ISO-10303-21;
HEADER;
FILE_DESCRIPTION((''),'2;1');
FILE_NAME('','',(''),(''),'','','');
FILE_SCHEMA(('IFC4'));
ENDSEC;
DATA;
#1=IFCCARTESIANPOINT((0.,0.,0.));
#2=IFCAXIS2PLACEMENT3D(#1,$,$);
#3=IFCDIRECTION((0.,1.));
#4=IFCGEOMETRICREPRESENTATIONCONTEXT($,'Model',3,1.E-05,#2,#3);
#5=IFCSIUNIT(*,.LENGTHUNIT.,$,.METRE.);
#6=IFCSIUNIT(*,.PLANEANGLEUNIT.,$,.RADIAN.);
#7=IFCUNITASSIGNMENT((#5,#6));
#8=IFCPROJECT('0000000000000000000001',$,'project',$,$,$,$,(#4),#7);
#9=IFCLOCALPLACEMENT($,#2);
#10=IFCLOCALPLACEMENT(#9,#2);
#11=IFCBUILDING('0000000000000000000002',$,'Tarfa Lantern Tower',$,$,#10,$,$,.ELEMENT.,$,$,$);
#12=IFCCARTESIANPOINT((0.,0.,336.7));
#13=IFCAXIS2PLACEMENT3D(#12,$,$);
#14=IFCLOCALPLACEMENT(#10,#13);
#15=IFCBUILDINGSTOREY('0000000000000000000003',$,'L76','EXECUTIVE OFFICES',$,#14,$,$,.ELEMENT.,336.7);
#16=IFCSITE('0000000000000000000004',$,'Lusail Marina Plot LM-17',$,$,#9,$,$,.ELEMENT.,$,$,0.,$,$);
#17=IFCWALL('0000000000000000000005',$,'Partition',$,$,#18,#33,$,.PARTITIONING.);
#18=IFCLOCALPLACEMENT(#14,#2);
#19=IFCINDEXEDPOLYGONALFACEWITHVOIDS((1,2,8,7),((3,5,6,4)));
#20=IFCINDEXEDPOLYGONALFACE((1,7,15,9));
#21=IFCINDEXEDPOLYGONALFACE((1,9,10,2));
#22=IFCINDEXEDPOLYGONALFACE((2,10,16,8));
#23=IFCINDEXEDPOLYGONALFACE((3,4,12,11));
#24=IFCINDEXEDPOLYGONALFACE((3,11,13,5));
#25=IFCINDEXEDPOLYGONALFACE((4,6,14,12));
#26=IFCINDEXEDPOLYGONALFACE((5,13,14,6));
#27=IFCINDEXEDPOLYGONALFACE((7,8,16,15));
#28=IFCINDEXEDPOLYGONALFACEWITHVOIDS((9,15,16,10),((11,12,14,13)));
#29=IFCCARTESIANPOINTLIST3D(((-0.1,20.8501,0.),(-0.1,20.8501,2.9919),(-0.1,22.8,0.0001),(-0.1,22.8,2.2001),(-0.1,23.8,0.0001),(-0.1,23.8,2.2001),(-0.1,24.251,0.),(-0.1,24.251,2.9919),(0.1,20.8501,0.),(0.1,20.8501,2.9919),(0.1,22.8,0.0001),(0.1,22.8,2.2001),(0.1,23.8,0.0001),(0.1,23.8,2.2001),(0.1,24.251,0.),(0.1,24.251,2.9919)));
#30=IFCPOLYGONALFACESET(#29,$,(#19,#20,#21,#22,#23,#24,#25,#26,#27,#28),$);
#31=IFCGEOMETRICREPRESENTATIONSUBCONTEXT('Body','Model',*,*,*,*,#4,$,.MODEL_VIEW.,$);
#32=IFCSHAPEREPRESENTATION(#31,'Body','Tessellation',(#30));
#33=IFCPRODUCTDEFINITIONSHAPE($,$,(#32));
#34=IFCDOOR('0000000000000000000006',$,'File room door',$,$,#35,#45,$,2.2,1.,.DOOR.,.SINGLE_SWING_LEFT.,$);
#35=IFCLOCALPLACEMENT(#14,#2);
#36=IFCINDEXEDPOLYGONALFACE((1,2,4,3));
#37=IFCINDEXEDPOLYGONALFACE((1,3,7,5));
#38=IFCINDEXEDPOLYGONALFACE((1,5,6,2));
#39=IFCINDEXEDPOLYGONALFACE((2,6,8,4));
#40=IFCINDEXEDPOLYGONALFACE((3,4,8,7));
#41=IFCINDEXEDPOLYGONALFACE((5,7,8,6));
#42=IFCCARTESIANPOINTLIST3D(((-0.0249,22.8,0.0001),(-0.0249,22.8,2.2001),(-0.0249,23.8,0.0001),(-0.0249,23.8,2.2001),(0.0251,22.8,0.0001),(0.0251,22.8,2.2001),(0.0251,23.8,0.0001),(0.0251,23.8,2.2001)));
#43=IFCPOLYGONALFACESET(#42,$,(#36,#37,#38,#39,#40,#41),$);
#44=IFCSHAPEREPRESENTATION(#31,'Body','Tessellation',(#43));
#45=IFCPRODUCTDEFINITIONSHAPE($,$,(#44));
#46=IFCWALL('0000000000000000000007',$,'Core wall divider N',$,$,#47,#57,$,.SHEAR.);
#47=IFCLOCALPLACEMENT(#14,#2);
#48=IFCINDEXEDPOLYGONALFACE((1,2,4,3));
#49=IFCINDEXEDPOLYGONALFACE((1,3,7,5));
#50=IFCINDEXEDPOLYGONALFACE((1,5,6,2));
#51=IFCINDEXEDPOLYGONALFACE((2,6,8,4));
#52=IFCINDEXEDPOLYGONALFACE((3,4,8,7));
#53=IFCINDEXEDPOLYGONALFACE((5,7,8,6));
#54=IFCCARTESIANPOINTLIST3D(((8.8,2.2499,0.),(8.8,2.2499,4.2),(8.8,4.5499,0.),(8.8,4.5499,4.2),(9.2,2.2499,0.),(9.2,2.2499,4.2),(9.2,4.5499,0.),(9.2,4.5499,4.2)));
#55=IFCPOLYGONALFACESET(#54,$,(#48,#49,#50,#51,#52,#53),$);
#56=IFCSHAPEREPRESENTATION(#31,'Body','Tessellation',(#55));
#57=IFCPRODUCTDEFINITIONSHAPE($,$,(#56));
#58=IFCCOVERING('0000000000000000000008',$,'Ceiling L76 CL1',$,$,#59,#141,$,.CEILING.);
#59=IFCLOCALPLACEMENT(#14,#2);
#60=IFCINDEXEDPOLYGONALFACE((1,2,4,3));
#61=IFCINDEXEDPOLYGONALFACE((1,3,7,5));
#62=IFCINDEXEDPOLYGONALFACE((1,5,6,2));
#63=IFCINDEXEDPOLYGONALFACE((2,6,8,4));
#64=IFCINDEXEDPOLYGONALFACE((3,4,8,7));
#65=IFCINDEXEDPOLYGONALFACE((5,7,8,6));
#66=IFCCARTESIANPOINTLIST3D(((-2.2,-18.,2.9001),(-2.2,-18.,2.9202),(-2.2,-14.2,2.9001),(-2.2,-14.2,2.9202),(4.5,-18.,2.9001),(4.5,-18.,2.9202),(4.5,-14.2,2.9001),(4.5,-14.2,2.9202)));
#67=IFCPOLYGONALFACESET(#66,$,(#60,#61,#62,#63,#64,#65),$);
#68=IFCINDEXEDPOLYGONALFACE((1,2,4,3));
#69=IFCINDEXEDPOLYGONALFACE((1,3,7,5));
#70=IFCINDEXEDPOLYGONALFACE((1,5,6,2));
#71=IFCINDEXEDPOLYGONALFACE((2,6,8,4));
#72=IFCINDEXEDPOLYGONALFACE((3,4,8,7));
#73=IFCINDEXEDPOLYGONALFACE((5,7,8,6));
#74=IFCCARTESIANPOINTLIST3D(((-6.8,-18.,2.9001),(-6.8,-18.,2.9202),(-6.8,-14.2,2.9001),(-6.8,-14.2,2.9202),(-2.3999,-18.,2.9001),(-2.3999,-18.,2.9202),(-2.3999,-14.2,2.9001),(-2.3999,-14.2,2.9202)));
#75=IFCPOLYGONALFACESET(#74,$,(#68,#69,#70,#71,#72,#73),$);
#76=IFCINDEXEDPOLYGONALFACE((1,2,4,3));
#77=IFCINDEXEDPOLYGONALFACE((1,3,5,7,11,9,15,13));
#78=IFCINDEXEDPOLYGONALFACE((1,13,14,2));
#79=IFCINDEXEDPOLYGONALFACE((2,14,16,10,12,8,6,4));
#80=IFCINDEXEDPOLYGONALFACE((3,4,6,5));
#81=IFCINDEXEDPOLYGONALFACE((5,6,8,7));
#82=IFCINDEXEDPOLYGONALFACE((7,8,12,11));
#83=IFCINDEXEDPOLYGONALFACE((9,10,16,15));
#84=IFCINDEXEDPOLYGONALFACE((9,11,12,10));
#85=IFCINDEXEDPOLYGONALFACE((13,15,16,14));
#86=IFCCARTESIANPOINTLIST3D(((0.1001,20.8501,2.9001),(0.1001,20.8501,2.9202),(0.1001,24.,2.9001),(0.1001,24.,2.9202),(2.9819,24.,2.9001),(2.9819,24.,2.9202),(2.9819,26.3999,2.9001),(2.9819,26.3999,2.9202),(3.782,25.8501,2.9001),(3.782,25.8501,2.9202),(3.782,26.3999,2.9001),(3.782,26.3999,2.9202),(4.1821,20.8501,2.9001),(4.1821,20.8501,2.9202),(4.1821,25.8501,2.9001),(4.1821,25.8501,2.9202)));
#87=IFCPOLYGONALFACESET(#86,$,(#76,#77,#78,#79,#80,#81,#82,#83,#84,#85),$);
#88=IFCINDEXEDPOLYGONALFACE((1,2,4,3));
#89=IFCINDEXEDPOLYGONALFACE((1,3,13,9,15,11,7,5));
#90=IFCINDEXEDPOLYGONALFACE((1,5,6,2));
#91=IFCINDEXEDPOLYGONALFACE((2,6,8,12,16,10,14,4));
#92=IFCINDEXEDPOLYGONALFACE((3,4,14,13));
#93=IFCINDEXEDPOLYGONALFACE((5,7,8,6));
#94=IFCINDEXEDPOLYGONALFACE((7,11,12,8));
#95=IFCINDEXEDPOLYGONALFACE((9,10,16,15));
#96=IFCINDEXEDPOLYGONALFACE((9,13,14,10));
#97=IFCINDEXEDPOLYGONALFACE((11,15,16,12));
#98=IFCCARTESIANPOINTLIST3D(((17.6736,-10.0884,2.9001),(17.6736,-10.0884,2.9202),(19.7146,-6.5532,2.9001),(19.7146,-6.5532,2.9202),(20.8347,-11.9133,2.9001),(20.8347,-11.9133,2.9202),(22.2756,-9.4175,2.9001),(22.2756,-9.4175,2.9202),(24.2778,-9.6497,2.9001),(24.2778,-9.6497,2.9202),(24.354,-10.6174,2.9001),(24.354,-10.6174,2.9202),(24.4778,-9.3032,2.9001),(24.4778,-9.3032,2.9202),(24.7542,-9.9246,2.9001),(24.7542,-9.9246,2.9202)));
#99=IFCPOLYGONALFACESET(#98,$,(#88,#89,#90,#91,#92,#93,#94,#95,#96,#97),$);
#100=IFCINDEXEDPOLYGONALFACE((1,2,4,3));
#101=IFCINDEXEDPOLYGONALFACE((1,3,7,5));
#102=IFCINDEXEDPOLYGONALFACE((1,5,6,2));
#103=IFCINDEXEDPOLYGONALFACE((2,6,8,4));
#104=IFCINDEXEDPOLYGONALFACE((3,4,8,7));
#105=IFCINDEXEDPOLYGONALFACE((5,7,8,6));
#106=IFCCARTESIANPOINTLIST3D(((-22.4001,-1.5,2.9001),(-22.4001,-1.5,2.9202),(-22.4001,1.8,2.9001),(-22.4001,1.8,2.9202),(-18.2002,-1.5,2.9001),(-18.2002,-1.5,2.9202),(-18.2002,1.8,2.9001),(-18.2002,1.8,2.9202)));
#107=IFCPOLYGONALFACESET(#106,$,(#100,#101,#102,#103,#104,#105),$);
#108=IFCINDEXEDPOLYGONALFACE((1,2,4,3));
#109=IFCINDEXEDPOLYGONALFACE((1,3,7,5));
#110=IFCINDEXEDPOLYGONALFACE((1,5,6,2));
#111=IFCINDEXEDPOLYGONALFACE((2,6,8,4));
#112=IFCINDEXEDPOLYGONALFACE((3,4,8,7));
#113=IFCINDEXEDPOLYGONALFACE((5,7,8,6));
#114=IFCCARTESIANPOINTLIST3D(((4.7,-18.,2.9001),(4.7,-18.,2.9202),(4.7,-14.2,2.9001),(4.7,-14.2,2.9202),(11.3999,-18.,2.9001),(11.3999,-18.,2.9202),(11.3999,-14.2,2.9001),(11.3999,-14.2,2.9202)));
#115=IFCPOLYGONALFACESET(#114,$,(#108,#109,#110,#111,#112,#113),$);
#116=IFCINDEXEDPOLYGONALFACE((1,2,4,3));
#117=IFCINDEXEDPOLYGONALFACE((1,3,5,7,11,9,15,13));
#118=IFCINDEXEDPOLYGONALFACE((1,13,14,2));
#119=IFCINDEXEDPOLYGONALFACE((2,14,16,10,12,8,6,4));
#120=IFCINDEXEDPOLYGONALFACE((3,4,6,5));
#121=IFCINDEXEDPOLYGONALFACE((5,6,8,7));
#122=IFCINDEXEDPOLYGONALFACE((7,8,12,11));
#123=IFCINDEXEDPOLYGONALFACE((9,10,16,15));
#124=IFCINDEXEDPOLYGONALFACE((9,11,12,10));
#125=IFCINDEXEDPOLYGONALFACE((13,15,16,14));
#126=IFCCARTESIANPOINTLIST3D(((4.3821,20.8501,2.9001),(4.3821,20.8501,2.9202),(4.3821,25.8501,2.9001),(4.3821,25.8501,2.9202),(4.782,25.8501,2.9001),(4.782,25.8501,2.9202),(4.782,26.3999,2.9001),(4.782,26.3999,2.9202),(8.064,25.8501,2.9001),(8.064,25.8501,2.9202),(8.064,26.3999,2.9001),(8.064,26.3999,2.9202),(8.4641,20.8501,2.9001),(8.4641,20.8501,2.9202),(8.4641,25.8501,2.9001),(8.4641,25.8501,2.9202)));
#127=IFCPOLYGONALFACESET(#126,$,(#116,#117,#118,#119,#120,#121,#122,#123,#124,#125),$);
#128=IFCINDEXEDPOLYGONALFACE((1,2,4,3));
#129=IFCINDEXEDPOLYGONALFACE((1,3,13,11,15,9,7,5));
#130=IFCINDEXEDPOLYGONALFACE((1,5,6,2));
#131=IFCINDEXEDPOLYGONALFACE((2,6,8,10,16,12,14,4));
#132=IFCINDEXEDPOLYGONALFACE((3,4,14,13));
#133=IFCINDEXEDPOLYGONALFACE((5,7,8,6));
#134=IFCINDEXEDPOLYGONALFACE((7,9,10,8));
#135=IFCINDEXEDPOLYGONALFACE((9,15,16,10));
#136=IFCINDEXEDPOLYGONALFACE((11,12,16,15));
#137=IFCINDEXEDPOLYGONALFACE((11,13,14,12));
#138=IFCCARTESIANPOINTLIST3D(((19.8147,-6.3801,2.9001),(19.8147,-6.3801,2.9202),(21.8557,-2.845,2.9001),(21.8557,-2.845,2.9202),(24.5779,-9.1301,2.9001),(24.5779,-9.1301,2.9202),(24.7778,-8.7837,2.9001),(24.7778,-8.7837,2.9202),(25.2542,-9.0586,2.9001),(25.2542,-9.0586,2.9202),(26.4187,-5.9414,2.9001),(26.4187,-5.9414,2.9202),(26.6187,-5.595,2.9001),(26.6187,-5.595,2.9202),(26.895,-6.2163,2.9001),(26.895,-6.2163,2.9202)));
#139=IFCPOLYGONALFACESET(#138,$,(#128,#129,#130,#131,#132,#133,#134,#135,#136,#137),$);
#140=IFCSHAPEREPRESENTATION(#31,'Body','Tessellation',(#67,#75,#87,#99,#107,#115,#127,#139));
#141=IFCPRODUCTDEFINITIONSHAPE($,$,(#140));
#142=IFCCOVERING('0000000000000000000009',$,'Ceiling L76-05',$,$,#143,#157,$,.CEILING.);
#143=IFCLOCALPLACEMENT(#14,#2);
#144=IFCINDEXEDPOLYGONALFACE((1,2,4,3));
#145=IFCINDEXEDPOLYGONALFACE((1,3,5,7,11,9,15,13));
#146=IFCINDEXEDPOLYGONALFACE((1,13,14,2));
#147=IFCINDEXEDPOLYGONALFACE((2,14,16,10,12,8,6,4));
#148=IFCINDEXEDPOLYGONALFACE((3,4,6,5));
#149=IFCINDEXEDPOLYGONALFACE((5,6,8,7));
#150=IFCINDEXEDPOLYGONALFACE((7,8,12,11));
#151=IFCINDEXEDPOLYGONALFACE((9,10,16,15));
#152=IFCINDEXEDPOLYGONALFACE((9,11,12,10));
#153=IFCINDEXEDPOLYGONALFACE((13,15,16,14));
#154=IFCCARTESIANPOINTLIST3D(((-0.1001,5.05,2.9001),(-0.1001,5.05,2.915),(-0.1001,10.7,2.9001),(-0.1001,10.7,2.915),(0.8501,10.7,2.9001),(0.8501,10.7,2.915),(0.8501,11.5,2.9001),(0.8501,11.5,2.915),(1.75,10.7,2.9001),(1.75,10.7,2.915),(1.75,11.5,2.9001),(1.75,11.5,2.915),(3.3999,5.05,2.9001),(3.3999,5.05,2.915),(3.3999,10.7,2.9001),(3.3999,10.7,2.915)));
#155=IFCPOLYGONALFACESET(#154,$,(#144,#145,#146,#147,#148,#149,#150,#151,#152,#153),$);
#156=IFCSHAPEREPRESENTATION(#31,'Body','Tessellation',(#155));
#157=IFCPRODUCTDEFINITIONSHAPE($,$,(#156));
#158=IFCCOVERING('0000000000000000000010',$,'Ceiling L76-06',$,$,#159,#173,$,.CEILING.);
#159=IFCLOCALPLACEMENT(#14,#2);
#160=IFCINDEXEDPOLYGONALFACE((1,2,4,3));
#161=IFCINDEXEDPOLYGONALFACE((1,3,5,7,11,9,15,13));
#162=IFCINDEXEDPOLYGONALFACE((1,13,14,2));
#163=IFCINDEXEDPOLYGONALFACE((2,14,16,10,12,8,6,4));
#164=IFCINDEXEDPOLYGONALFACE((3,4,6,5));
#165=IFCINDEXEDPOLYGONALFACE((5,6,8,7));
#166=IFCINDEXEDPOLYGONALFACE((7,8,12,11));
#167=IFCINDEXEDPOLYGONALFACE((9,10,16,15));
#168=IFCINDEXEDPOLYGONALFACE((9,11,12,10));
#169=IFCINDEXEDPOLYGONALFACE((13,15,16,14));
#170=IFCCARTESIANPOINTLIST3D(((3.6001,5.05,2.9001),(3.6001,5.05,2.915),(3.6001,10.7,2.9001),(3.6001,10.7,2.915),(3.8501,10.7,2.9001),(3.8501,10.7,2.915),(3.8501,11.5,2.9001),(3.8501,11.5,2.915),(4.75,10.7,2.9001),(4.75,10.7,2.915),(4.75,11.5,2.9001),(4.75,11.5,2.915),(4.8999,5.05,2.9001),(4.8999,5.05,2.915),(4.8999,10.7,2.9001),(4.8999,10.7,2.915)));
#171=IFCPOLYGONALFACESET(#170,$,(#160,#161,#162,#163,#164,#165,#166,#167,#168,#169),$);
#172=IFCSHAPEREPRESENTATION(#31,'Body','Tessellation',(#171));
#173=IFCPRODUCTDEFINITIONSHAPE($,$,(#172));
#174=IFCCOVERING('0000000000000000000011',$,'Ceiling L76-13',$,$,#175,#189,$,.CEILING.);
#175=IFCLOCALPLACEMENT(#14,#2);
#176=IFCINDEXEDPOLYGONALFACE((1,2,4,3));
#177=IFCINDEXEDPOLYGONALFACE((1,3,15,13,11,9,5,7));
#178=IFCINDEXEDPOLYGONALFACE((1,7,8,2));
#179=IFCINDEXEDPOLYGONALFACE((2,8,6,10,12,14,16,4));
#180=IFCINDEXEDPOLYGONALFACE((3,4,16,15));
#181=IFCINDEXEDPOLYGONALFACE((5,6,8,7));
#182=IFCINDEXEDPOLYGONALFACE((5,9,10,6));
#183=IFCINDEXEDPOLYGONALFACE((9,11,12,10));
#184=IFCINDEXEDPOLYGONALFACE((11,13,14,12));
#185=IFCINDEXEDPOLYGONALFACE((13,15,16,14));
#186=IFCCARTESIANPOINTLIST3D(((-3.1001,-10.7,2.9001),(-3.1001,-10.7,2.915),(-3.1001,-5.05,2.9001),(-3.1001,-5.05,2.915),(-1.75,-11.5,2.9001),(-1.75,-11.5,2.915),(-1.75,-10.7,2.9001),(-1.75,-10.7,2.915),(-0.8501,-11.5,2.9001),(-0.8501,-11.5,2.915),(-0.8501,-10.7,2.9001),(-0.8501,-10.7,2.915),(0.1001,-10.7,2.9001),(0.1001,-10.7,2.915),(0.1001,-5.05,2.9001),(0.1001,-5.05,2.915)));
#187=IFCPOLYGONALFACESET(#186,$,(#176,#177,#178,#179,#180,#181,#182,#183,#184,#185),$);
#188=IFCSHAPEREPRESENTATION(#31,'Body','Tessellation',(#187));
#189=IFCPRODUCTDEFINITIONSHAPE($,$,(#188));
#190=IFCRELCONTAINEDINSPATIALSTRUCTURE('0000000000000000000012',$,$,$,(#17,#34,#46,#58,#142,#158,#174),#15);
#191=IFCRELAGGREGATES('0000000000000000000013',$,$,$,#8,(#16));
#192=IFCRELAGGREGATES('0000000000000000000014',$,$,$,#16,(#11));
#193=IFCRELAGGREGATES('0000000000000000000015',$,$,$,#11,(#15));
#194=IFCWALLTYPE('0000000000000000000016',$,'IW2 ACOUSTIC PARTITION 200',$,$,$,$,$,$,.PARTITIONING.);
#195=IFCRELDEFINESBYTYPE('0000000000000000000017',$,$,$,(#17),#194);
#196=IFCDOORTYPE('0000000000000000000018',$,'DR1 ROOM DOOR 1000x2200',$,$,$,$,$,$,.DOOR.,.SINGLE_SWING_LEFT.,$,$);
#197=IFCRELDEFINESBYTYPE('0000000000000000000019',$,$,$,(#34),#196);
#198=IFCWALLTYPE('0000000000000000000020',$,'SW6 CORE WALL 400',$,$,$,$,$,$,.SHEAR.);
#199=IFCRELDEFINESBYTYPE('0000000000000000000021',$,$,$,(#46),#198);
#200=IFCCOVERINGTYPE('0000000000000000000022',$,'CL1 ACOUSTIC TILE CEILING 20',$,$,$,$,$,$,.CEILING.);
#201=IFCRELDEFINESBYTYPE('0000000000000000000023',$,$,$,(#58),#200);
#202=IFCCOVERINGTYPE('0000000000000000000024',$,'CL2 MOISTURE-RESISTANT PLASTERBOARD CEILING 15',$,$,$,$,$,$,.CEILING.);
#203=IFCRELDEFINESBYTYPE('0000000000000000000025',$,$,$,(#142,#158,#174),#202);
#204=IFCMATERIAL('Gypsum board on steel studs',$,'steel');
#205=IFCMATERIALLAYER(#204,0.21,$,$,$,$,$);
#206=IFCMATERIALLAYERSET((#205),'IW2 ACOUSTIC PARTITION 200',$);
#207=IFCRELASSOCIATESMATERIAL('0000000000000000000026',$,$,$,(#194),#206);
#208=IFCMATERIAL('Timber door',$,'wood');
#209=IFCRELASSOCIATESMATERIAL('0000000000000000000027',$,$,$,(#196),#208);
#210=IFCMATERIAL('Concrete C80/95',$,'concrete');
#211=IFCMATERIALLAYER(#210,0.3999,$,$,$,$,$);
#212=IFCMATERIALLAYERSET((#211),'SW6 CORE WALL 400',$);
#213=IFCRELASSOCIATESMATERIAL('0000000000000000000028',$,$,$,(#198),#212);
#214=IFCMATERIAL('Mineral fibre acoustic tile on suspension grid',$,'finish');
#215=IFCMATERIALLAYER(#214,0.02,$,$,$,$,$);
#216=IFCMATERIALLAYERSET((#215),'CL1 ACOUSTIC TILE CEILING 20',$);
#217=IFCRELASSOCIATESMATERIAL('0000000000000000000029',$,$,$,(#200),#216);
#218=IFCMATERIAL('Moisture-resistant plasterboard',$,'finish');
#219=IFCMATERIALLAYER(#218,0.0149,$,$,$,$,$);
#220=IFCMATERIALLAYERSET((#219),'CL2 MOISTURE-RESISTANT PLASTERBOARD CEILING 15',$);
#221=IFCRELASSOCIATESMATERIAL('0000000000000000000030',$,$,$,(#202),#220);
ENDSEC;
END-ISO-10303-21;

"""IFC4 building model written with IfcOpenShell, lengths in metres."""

from ifc_helpers import new_model, si_unit, direction, frame, frame_2d, origin, place, context, subcontext, project, spatial, polyline, rectangle, outline, extrude, material, layer, layer_set, type_object, element, fill, save


model = new_model("IFC4")

# Units and contexts
model_context = context("Model", 3, precision=1e-05, world=origin(), true_north=direction((0.0, 1.0)))
body_context = subcontext(model_context, "Body", "Model", "MODEL_VIEW")
ifc_project = project(units=[si_unit("LENGTHUNIT", "METRE"), si_unit("PLANEANGLEUNIT", "RADIAN")], contexts=[model_context])

# Site, building, storey
site_placement = place(None, origin())
site = spatial("IfcSite", under=ifc_project, at=site_placement, Name="Lusail Marina Plot LM-17", CompositionType="ELEMENT", RefElevation=0.0)
building_placement = place(site_placement, origin())
building = spatial("IfcBuilding", under=site, at=building_placement, Name="Tarfa Lantern Tower", CompositionType="ELEMENT")
storey_placement = place(building_placement, frame((0.0, 0.0, 336.7)))
storey = spatial("IfcBuildingStorey", under=building, at=storey_placement, Name="L76", Description="EXECUTIVE OFFICES", CompositionType="ELEMENT", Elevation=336.7)

# Wall, opening, door
ifc_material_1 = material(Name="Gypsum board on steel studs", Category="steel")
ifc_layer_1 = layer(ifc_material_1, 0.21)
ifc_layer_set_1 = layer_set([ifc_layer_1], Name="IW2 ACOUSTIC PARTITION 200")
wall_type_1 = type_object("IfcWallType", Name="IW2 ACOUSTIC PARTITION 200", PredefinedType="PARTITIONING", material=ifc_layer_set_1)
ifc_material_2 = material(Name="Timber door", Category="wood")
door_type = type_object("IfcDoorType", Name="DR1 ROOM DOOR 1000x2200", OperationType="SINGLE_SWING_LEFT", PredefinedType="DOOR", material=ifc_material_2)
wall_1_placement = place(storey_placement, frame((0.0, 20.8501, 0.0), z_axis=(0.0, 0.0, 1.0), x_axis=(0.0, 1.0, 0.0)))
wall_1 = element("IfcWall", 1, at=wall_1_placement, inside=storey, type_object=wall_type_1, Name="Partition", PredefinedType="PARTITIONING", context=body_context, shape_type="SweptSolid", body=[
    extrude(rectangle(XDim=3.4009, YDim=0.2, at=frame_2d((1.7004, 0.0))), origin(), (0.0, 0.0, 1.0), 2.9919),
])
opening_1_placement = place(wall_1_placement, frame((1.95, 0.0, 0.0)))
opening_1 = element("IfcOpeningElement", 2, at=opening_1_placement, cuts=wall_1, PredefinedType="OPENING", context=body_context, shape_type="SweptSolid", body=[
    extrude(rectangle(XDim=1.0, YDim=2.2, at=frame_2d((0.5, 1.1001))), frame((0.0, 0.1099, 0.0), z_axis=(0.0, -1.0, 0.0), x_axis=(1.0, 0.0, 0.0)), (0.0, 0.0, 1.0), 0.22),
])
door_1_placement = place(opening_1_placement, origin())
door_1 = element("IfcDoor", 3, at=door_1_placement, inside=storey, type_object=door_type, Name="File room door", OperationType="SINGLE_SWING_LEFT", OverallHeight=2.2, OverallWidth=1.0, PredefinedType="DOOR", context=body_context, shape_type="SweptSolid", body=[
    extrude(rectangle(XDim=1.0, YDim=2.2, at=frame_2d((0.5, 1.1001))), frame((0.0, 0.0249, 0.0), z_axis=(0.0, -1.0, 0.0), x_axis=(1.0, 0.0, 0.0)), (0.0, 0.0, 1.0), 0.05),
])
fill(opening_1, door_1)

# Wall
ifc_material_3 = material(Name="Concrete C80/95", Category="concrete")
ifc_layer_2 = layer(ifc_material_3, 0.3999)
ifc_layer_set_2 = layer_set([ifc_layer_2], Name="SW6 CORE WALL 400")
wall_type_2 = type_object("IfcWallType", Name="SW6 CORE WALL 400", PredefinedType="SHEAR", material=ifc_layer_set_2)
wall_2_placement = place(storey_placement, frame((9.0, 2.25, 0.0), z_axis=(0.0, 0.0, 1.0), x_axis=(0.0, 1.0, 0.0)))
element("IfcWall", 4, at=wall_2_placement, inside=storey, type_object=wall_type_2, Name="Core wall divider N", PredefinedType="SHEAR", context=body_context, shape_type="SweptSolid", body=[
    extrude(rectangle(XDim=2.3, YDim=0.3999, at=frame_2d((1.1499, 0.0))), origin(), (0.0, 0.0, 1.0), 4.2),
])

# Coverings
ifc_material_4 = material(Name="Mineral fibre acoustic tile on suspension grid", Category="finish")
ifc_layer_3 = layer(ifc_material_4, 0.02)
ifc_layer_set_3 = layer_set([ifc_layer_3], Name="CL1 ACOUSTIC TILE CEILING 20")
covering_type_1 = type_object("IfcCoveringType", Name="CL1 ACOUSTIC TILE CEILING 20", PredefinedType="CEILING", material=ifc_layer_set_3)
covering_1_placement = place(storey_placement, frame((0.0, 0.0, 2.9001)))
element("IfcCovering", 5, at=covering_1_placement, inside=storey, type_object=covering_type_1, Name="Ceiling L76 CL1", PredefinedType="CEILING", context=body_context, shape_type="SweptSolid", body=[
    extrude(outline(polyline([(-2.2, -14.2), (4.5, -14.2), (4.5, -18.0), (-2.2, -18.0), (-2.2, -14.2)])), origin(), (0.0, 0.0, 1.0), 0.02),
    extrude(outline(polyline([(-6.8, -14.2), (-2.3999, -14.2), (-2.3999, -18.0), (-6.8, -18.0), (-6.8, -14.2)])), origin(), (0.0, 0.0, 1.0), 0.02),
    extrude(outline(polyline([(4.1821, 20.8501), (0.1001, 20.8501), (0.1001, 24.0), (2.9819, 24.0), (2.9819, 26.3999), (3.782, 26.3999), (3.782, 25.8501), (4.1821, 25.8501), (4.1821, 20.8501)])), origin(), (0.0, 0.0, 1.0), 0.02),
    extrude(outline(polyline([(19.7146, -6.5532), (24.4778, -9.3032), (24.2778, -9.6497), (24.7542, -9.9246), (24.354, -10.6174), (22.2756, -9.4175), (20.8347, -11.9133), (17.6736, -10.0884), (19.7146, -6.5532)])), origin(), (0.0, 0.0, 1.0), 0.02),
    extrude(outline(polyline([(-22.4001, 1.8), (-18.2002, 1.8), (-18.2002, -1.5), (-22.4001, -1.5), (-22.4001, 1.8)])), origin(), (0.0, 0.0, 1.0), 0.02),
    extrude(outline(polyline([(4.7, -14.2), (11.3999, -14.2), (11.3999, -18.0), (4.7, -18.0), (4.7, -14.2)])), origin(), (0.0, 0.0, 1.0), 0.02),
    extrude(outline(polyline([(8.4641, 20.8501), (4.3821, 20.8501), (4.3821, 25.8501), (4.782, 25.8501), (4.782, 26.3999), (8.064, 26.3999), (8.064, 25.8501), (8.4641, 25.8501), (8.4641, 20.8501)])), origin(), (0.0, 0.0, 1.0), 0.02),
    extrude(outline(polyline([(21.8557, -2.845), (26.6187, -5.595), (26.4187, -5.9414), (26.895, -6.2163), (25.2542, -9.0586), (24.7778, -8.7837), (24.5779, -9.1301), (19.8147, -6.3801), (21.8557, -2.845)])), origin(), (0.0, 0.0, 1.0), 0.02),
])
ifc_material_5 = material(Name="Moisture-resistant plasterboard", Category="finish")
ifc_layer_4 = layer(ifc_material_5, 0.0149)
ifc_layer_set_4 = layer_set([ifc_layer_4], Name="CL2 MOISTURE-RESISTANT PLASTERBOARD CEILING 15")
covering_type_2 = type_object("IfcCoveringType", Name="CL2 MOISTURE-RESISTANT PLASTERBOARD CEILING 15", PredefinedType="CEILING", material=ifc_layer_set_4)
covering_2_placement = place(storey_placement, frame((0.0, 0.0, 2.9001)))
element("IfcCovering", 6, at=covering_2_placement, inside=storey, type_object=covering_type_2, Name="Ceiling L76-05", PredefinedType="CEILING", context=body_context, shape_type="SweptSolid", body=[
    extrude(outline(polyline([(0.8501, 10.7), (-0.1001, 10.7), (-0.1001, 5.05), (3.3999, 5.05), (3.3999, 10.7), (1.75, 10.7), (1.75, 11.5), (0.8501, 11.5), (0.8501, 11.5), (0.8501, 10.7)])), origin(), (0.0, 0.0, 1.0), 0.0149),
])
covering_3_placement = place(storey_placement, frame((0.0, 0.0, 2.9001)))
element("IfcCovering", 7, at=covering_3_placement, inside=storey, type_object=covering_type_2, Name="Ceiling L76-06", PredefinedType="CEILING", context=body_context, shape_type="SweptSolid", body=[
    extrude(outline(polyline([(3.6001, 5.05), (4.8999, 5.05), (4.8999, 10.7), (4.75, 10.7), (4.75, 11.5), (3.8501, 11.5), (3.8501, 10.7), (3.6001, 10.7), (3.6001, 5.05)])), origin(), (0.0, 0.0, 1.0), 0.0149),
])
covering_4_placement = place(storey_placement, frame((0.0, 0.0, 2.9001)))
element("IfcCovering", 8, at=covering_4_placement, inside=storey, type_object=covering_type_2, Name="Ceiling L76-13", PredefinedType="CEILING", context=body_context, shape_type="SweptSolid", body=[
    extrude(outline(polyline([(-0.8501, -10.7), (0.1001, -10.7), (0.1001, -5.05), (-3.1001, -5.05), (-3.1001, -10.7), (-1.75, -10.7), (-1.75, -11.5), (-0.8501, -11.5), (-0.8501, -10.7)])), origin(), (0.0, 0.0, 1.0), 0.0149),
])

save(model, "model.ifc")
